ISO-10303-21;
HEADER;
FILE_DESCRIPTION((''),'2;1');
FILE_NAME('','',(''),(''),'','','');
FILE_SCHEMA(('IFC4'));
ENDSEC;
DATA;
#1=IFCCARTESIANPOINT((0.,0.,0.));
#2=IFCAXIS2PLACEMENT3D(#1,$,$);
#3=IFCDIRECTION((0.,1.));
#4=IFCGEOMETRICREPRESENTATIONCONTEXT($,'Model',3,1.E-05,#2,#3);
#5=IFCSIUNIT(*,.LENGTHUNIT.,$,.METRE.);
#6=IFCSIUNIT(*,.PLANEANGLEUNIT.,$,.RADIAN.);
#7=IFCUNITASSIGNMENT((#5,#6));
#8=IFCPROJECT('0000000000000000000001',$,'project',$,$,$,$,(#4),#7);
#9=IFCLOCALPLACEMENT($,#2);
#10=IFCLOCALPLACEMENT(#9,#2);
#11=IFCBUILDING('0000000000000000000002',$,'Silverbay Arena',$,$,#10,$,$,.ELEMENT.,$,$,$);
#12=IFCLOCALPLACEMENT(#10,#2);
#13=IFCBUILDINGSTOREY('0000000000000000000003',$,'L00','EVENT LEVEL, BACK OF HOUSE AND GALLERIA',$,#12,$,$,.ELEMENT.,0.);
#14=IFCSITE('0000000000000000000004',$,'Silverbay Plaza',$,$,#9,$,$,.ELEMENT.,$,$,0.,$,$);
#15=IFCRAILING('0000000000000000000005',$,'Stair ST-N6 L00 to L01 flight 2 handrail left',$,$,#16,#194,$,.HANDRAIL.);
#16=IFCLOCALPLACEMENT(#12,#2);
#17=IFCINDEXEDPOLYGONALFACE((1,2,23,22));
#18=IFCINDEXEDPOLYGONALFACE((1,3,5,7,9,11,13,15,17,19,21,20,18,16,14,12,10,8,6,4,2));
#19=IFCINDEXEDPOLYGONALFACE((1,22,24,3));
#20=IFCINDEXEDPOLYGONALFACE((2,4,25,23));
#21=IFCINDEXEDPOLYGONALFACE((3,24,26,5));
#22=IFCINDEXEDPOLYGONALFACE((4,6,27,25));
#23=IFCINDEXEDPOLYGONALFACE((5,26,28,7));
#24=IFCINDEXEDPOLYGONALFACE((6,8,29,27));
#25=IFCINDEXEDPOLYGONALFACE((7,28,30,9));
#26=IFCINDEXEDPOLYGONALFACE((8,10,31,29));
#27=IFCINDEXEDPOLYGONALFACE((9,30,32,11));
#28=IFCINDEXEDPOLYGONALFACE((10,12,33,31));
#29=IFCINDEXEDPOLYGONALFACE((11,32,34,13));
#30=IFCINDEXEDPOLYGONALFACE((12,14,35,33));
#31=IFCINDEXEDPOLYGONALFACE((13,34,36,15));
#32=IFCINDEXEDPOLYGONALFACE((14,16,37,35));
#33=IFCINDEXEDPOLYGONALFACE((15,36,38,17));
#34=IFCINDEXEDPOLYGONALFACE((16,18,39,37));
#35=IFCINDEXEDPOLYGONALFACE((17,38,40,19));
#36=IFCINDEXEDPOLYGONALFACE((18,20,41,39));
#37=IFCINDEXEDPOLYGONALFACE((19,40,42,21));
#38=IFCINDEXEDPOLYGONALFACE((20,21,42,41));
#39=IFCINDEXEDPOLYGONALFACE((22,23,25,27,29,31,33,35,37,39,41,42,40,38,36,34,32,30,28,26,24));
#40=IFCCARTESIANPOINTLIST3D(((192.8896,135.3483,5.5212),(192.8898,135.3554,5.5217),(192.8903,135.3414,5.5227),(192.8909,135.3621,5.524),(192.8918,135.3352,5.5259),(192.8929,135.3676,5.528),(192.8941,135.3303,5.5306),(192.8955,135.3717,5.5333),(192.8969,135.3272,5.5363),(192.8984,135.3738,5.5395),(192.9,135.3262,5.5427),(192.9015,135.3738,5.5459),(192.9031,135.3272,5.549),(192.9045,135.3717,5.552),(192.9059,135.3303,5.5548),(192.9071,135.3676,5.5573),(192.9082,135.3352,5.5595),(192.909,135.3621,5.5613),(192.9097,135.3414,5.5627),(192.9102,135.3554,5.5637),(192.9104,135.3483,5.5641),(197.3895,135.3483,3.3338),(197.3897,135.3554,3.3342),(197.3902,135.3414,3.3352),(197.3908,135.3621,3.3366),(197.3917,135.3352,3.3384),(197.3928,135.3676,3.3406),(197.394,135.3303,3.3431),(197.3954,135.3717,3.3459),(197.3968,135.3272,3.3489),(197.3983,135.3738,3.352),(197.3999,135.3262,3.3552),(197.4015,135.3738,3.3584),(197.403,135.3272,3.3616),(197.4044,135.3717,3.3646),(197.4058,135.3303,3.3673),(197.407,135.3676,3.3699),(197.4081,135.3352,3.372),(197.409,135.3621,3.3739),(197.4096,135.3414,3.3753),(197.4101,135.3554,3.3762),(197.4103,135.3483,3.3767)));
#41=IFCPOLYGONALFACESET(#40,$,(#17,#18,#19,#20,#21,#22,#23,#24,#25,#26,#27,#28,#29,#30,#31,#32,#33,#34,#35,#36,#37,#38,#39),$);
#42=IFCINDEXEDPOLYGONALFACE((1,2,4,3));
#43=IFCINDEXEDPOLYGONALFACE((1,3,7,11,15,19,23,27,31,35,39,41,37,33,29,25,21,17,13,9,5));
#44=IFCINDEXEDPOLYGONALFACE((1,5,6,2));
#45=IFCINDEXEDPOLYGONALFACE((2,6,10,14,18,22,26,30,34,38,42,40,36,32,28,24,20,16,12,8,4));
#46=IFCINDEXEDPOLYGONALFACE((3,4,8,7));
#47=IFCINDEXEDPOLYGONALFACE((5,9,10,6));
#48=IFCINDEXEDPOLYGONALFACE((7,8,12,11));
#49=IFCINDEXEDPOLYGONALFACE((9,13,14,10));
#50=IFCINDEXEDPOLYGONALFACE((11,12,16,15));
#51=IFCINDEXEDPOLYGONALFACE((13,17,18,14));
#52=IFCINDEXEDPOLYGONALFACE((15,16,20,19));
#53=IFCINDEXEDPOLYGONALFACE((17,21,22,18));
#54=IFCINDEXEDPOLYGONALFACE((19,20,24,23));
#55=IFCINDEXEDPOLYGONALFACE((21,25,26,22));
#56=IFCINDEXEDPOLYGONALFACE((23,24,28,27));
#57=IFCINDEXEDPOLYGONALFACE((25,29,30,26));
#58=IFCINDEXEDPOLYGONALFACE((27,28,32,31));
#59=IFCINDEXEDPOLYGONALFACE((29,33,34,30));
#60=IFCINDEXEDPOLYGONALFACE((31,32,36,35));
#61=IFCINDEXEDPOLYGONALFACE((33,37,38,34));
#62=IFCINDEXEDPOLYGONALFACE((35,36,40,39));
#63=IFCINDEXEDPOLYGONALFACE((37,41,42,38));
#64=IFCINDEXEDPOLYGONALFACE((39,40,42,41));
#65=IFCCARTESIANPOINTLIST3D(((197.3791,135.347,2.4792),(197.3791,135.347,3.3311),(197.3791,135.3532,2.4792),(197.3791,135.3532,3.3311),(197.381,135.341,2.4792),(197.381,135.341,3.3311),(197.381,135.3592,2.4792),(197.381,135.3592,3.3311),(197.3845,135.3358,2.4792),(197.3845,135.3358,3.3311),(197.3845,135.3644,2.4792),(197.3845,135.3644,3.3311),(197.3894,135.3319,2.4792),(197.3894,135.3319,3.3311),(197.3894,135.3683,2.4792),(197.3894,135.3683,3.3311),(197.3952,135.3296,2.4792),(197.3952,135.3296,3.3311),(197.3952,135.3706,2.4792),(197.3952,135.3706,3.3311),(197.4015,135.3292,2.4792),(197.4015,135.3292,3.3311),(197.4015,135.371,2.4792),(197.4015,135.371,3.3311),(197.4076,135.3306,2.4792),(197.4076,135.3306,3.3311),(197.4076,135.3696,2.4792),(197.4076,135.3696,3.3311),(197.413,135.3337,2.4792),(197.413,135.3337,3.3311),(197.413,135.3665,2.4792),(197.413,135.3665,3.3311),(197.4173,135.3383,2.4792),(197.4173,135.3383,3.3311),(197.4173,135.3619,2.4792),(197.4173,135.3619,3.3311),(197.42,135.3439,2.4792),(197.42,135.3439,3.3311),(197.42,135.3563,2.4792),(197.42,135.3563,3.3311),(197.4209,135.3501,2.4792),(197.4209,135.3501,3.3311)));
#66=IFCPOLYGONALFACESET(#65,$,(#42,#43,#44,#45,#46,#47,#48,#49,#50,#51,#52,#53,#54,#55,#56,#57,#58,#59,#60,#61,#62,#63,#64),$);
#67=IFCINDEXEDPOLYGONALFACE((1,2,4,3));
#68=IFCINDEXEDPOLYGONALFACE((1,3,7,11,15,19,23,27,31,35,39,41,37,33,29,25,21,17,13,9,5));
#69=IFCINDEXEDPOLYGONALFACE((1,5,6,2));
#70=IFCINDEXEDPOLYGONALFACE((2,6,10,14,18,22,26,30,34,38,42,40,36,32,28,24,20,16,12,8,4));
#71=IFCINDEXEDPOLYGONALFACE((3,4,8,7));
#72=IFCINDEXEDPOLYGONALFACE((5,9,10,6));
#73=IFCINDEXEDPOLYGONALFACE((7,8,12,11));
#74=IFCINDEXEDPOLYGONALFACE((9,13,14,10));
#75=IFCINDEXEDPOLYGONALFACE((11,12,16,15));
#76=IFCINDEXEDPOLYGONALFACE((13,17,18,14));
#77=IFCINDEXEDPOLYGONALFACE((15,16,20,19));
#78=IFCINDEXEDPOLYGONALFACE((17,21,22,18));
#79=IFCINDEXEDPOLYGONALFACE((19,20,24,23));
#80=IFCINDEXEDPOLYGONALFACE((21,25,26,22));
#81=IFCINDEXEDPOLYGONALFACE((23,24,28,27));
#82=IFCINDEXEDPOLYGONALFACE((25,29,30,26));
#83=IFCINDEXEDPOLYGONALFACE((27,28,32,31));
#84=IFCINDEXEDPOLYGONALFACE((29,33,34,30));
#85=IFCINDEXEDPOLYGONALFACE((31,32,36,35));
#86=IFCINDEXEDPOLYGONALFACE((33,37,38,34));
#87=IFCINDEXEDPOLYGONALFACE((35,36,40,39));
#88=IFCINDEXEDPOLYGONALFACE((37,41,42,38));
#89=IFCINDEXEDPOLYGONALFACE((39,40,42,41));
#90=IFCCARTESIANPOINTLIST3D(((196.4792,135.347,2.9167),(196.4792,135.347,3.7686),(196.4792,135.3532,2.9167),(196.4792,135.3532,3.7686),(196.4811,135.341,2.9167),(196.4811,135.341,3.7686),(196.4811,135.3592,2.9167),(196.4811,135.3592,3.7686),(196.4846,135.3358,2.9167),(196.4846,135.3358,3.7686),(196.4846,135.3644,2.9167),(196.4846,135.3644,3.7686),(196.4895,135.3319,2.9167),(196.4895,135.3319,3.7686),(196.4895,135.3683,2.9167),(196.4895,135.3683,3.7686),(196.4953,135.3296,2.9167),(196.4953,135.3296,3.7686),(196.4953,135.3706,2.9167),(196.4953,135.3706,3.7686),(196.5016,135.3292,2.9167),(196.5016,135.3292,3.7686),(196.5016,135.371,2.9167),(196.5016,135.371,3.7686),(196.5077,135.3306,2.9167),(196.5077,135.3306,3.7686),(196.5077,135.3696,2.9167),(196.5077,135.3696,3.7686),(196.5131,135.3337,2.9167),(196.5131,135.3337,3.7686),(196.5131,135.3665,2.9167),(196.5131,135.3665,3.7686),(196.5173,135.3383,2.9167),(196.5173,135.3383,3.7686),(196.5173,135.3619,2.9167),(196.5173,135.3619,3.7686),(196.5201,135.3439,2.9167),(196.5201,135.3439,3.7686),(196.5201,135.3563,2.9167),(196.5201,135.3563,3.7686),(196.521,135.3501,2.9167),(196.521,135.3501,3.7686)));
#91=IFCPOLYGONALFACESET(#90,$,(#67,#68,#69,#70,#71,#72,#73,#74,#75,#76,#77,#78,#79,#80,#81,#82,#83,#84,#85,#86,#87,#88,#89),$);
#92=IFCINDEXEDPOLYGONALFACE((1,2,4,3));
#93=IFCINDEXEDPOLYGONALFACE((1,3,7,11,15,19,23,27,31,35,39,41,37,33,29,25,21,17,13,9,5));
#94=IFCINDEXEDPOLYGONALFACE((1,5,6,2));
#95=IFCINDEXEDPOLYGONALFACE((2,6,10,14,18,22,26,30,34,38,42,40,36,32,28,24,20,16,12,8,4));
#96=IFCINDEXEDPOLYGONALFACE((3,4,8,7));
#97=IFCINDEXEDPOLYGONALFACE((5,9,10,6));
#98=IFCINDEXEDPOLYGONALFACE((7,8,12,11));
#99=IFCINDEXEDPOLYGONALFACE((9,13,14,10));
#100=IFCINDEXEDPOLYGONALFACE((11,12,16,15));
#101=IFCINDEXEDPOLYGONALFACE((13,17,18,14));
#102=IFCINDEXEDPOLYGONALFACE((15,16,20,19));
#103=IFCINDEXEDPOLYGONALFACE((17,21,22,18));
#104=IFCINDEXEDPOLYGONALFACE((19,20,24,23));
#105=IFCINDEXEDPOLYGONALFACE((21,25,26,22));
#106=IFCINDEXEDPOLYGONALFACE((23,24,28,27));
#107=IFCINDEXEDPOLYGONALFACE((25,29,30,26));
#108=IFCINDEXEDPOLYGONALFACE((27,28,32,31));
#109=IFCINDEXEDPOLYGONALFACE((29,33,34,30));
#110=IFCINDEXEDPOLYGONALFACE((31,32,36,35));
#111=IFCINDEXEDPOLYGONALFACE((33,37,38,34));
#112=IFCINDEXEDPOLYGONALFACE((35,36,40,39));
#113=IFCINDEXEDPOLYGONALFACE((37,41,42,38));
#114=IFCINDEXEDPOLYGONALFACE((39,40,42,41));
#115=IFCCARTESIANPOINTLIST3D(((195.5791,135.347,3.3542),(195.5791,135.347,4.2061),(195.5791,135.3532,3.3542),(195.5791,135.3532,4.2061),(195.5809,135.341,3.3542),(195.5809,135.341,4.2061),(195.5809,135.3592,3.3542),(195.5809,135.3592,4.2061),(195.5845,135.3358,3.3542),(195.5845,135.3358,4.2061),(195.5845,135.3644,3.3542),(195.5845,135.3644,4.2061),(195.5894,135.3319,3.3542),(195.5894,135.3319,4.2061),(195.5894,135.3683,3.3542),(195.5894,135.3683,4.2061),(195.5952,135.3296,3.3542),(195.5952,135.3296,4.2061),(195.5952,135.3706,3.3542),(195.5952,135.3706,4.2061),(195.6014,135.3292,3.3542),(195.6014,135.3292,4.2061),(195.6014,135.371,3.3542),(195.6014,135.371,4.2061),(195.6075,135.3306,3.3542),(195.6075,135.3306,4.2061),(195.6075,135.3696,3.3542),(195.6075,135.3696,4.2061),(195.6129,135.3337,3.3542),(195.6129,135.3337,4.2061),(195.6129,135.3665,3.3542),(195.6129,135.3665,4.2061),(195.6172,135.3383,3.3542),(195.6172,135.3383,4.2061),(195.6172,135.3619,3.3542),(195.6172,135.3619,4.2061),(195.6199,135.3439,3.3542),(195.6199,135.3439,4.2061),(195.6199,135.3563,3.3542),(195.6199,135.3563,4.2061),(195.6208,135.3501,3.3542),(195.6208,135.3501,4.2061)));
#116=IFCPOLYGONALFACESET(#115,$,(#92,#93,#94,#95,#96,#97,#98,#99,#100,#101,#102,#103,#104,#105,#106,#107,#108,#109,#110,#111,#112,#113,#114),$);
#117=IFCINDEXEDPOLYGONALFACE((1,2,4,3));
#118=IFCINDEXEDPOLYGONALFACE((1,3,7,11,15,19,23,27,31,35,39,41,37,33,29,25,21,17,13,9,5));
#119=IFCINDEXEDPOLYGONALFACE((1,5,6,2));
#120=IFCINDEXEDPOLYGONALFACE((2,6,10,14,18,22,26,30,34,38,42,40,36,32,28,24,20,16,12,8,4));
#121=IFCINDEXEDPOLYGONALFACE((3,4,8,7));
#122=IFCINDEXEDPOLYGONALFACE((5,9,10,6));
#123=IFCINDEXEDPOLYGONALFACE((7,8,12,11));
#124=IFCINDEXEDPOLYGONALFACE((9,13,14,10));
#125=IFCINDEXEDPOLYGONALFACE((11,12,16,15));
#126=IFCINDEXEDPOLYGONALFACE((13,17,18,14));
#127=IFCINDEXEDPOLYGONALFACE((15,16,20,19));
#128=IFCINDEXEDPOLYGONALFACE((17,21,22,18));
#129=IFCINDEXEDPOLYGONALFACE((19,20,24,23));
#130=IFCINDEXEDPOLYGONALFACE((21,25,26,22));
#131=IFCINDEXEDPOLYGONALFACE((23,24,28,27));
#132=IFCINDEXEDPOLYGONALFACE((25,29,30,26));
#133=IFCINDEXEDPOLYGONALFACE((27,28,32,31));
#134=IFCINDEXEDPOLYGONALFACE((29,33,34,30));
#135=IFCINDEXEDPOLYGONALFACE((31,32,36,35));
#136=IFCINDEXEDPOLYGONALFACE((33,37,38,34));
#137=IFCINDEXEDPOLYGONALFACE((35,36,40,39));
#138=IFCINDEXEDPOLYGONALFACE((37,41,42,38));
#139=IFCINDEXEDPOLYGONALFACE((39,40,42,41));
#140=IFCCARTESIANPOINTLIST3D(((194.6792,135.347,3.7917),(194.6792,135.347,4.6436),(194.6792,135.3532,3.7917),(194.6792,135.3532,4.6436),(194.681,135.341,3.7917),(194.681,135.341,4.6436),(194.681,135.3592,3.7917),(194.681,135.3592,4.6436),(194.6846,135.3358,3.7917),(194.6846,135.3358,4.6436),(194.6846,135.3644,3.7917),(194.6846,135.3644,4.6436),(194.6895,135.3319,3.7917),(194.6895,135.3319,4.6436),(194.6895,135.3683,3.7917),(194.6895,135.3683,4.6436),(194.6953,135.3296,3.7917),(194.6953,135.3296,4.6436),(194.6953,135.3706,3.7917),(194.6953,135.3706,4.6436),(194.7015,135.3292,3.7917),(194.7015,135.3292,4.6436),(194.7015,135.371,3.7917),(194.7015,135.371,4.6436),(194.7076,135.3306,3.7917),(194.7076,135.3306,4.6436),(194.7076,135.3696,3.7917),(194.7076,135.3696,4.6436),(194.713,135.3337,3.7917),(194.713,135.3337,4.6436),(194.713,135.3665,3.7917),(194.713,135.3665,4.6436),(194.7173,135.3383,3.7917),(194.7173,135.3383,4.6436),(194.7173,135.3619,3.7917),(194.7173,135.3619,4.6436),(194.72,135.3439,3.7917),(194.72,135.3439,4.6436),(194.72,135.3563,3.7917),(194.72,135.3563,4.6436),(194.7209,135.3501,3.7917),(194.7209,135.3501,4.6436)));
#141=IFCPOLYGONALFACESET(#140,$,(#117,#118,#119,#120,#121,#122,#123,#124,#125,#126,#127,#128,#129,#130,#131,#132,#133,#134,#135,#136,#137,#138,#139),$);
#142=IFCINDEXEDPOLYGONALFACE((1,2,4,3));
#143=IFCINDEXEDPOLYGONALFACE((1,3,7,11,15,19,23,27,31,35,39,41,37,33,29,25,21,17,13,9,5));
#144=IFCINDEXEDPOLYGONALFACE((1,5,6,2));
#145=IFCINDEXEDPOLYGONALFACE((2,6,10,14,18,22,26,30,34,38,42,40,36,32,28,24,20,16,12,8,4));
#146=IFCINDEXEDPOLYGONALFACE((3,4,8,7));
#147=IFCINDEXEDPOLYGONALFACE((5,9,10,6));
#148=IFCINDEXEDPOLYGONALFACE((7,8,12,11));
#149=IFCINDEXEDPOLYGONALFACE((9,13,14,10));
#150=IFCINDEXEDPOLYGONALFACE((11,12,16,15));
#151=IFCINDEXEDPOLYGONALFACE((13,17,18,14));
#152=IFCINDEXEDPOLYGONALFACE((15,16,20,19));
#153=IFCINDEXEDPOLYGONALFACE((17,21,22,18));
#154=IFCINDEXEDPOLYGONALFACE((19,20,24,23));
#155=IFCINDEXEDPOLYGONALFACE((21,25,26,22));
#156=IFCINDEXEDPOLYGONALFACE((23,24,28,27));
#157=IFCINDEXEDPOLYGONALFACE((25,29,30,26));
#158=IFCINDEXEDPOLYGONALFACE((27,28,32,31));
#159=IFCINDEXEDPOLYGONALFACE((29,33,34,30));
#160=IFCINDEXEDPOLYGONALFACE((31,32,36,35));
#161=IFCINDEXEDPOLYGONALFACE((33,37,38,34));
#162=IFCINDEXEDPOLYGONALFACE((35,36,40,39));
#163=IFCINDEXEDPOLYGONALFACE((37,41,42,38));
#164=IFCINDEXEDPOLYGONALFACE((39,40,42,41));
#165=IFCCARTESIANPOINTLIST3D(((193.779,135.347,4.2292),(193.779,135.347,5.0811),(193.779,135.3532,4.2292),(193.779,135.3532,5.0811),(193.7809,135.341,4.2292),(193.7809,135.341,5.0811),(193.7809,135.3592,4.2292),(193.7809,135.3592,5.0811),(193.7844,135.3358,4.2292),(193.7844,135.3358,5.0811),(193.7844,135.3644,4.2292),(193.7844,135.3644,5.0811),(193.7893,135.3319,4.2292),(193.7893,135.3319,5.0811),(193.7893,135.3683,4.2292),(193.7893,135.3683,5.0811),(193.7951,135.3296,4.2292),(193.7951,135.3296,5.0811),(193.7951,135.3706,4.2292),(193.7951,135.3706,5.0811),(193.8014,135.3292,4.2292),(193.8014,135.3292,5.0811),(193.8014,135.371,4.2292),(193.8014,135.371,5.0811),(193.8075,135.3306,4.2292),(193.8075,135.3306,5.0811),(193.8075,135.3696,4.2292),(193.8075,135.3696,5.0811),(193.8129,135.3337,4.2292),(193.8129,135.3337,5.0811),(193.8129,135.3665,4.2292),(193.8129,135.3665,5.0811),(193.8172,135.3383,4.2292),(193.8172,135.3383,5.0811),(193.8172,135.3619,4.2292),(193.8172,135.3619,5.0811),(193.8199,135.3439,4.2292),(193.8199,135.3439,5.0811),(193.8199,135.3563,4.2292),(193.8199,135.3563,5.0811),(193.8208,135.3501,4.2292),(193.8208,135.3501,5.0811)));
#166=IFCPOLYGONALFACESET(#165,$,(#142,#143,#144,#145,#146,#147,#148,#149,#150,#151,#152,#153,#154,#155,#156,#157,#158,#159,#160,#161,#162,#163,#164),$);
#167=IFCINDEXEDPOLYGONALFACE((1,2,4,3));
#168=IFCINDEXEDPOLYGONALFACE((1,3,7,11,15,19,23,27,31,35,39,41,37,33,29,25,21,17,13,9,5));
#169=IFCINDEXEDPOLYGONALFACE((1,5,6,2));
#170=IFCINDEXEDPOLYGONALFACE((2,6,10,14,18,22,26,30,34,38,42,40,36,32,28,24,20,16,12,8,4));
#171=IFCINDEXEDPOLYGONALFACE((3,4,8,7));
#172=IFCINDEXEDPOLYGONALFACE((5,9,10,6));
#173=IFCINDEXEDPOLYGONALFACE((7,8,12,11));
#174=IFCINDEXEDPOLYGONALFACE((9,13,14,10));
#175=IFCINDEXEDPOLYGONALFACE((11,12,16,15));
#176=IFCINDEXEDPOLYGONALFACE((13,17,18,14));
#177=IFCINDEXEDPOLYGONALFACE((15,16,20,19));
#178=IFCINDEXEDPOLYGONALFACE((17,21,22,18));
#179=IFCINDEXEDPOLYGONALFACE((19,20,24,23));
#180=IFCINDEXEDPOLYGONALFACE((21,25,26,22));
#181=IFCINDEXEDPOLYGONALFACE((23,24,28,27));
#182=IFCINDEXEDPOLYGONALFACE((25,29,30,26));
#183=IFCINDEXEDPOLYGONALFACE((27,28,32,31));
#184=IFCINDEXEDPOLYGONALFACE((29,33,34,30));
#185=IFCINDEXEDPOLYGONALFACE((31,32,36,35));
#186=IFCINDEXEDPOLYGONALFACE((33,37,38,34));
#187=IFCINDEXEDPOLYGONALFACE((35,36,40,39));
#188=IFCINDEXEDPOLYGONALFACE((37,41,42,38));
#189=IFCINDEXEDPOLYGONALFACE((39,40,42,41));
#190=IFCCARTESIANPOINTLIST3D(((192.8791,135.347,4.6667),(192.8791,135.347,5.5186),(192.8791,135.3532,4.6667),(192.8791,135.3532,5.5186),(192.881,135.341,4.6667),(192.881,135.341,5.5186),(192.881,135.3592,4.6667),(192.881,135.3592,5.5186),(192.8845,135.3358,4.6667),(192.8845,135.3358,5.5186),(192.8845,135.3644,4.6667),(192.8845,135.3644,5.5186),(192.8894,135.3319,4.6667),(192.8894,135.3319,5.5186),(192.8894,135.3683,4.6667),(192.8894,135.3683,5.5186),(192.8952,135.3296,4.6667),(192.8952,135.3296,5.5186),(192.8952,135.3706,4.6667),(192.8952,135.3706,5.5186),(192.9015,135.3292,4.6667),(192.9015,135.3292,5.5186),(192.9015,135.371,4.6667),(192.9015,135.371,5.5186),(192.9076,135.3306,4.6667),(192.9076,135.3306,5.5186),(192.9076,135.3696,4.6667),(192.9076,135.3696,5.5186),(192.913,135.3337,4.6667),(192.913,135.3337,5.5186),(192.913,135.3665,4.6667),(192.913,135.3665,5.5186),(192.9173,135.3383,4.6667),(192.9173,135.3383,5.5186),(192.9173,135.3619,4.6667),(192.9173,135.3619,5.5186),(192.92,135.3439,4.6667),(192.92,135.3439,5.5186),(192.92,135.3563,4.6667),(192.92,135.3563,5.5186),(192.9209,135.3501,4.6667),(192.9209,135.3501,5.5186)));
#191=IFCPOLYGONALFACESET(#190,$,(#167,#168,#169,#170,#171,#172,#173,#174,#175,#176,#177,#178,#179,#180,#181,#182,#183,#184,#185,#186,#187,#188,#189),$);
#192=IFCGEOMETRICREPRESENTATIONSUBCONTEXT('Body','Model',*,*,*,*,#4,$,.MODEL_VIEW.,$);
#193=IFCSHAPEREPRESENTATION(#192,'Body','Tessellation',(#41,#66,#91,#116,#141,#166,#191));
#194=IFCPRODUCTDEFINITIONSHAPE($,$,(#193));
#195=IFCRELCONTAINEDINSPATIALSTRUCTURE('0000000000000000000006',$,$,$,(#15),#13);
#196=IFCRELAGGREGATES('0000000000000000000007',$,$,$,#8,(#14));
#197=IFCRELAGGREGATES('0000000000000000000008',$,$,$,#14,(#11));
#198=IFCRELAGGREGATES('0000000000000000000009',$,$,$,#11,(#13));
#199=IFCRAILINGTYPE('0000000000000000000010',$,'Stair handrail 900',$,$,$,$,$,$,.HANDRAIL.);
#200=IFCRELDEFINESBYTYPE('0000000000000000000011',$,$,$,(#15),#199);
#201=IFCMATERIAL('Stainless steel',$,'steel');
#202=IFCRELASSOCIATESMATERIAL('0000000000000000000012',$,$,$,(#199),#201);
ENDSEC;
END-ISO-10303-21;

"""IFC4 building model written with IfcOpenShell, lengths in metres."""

from ifc_helpers import new_model, si_unit, direction, frame, origin, origin_2d, place, context, subcontext, project, spatial, circle, extrude, material, type_object, element, save


model = new_model("IFC4")

# Units and contexts
model_context = context("Model", 3, precision=1e-05, world=origin(), true_north=direction((0.0, 1.0)))
body_context = subcontext(model_context, "Body", "Model", "MODEL_VIEW")
ifc_project = project(units=[si_unit("LENGTHUNIT", "METRE"), si_unit("PLANEANGLEUNIT", "RADIAN")], contexts=[model_context])

# Site, building, storey
site_placement = place(None, origin())
site = spatial("IfcSite", under=ifc_project, at=site_placement, Name="Silverbay Plaza", CompositionType="ELEMENT", RefElevation=0.0)
building_placement = place(site_placement, origin())
building = spatial("IfcBuilding", under=site, at=building_placement, Name="Silverbay Arena", CompositionType="ELEMENT")
storey_placement = place(building_placement, origin())
storey = spatial("IfcBuildingStorey", under=building, at=storey_placement, Name="L00", Description="EVENT LEVEL, BACK OF HOUSE AND GALLERIA", CompositionType="ELEMENT", Elevation=0.0)

# Railing
ifc_material_1 = material(Name="Stainless steel", Category="steel")
railing_type_1 = type_object("IfcRailingType", Name="Stair handrail 900", PredefinedType="HANDRAIL", material=ifc_material_1)
for number, where, name in (
    (1, (197.3999, 135.3501, 2.4792), "Stair ST-N6 L00 to L01 flight 2 handrail left"),
):
    element("IfcRailing", number, at=place(storey_placement, frame(where)), inside=storey, type_object=railing_type_1, Name=name, PredefinedType="HANDRAIL", context=body_context, shape_type="SweptSolid", body=[
        extrude(circle(Radius=0.0239, at=origin_2d()), frame((0.0, 0.0, 0.876), z_axis=(-0.899368, 0.0, 0.437193), x_axis=(0.0, -1.0, 0.0)), (0.0, 0.0, 1.0), 5.0034),
        extrude(circle(Radius=0.021, at=origin_2d()), origin(), (0.0, 0.0, 1.0), 0.8518),
        extrude(circle(Radius=0.021, at=origin_2d()), frame((-0.8999, 0.0, 0.4375)), (0.0, 0.0, 1.0), 0.8518),
        extrude(circle(Radius=0.021, at=origin_2d()), frame((-1.8, 0.0, 0.875)), (0.0, 0.0, 1.0), 0.8518),
        extrude(circle(Radius=0.021, at=origin_2d()), frame((-2.7, 0.0, 1.3125)), (0.0, 0.0, 1.0), 0.8518),
        extrude(circle(Radius=0.021, at=origin_2d()), frame((-3.6001, 0.0, 1.75)), (0.0, 0.0, 1.0), 0.8518),
        extrude(circle(Radius=0.021, at=origin_2d()), frame((-4.5, 0.0, 2.1875)), (0.0, 0.0, 1.0), 0.8518),
    ])

save(model, "model.ifc")
